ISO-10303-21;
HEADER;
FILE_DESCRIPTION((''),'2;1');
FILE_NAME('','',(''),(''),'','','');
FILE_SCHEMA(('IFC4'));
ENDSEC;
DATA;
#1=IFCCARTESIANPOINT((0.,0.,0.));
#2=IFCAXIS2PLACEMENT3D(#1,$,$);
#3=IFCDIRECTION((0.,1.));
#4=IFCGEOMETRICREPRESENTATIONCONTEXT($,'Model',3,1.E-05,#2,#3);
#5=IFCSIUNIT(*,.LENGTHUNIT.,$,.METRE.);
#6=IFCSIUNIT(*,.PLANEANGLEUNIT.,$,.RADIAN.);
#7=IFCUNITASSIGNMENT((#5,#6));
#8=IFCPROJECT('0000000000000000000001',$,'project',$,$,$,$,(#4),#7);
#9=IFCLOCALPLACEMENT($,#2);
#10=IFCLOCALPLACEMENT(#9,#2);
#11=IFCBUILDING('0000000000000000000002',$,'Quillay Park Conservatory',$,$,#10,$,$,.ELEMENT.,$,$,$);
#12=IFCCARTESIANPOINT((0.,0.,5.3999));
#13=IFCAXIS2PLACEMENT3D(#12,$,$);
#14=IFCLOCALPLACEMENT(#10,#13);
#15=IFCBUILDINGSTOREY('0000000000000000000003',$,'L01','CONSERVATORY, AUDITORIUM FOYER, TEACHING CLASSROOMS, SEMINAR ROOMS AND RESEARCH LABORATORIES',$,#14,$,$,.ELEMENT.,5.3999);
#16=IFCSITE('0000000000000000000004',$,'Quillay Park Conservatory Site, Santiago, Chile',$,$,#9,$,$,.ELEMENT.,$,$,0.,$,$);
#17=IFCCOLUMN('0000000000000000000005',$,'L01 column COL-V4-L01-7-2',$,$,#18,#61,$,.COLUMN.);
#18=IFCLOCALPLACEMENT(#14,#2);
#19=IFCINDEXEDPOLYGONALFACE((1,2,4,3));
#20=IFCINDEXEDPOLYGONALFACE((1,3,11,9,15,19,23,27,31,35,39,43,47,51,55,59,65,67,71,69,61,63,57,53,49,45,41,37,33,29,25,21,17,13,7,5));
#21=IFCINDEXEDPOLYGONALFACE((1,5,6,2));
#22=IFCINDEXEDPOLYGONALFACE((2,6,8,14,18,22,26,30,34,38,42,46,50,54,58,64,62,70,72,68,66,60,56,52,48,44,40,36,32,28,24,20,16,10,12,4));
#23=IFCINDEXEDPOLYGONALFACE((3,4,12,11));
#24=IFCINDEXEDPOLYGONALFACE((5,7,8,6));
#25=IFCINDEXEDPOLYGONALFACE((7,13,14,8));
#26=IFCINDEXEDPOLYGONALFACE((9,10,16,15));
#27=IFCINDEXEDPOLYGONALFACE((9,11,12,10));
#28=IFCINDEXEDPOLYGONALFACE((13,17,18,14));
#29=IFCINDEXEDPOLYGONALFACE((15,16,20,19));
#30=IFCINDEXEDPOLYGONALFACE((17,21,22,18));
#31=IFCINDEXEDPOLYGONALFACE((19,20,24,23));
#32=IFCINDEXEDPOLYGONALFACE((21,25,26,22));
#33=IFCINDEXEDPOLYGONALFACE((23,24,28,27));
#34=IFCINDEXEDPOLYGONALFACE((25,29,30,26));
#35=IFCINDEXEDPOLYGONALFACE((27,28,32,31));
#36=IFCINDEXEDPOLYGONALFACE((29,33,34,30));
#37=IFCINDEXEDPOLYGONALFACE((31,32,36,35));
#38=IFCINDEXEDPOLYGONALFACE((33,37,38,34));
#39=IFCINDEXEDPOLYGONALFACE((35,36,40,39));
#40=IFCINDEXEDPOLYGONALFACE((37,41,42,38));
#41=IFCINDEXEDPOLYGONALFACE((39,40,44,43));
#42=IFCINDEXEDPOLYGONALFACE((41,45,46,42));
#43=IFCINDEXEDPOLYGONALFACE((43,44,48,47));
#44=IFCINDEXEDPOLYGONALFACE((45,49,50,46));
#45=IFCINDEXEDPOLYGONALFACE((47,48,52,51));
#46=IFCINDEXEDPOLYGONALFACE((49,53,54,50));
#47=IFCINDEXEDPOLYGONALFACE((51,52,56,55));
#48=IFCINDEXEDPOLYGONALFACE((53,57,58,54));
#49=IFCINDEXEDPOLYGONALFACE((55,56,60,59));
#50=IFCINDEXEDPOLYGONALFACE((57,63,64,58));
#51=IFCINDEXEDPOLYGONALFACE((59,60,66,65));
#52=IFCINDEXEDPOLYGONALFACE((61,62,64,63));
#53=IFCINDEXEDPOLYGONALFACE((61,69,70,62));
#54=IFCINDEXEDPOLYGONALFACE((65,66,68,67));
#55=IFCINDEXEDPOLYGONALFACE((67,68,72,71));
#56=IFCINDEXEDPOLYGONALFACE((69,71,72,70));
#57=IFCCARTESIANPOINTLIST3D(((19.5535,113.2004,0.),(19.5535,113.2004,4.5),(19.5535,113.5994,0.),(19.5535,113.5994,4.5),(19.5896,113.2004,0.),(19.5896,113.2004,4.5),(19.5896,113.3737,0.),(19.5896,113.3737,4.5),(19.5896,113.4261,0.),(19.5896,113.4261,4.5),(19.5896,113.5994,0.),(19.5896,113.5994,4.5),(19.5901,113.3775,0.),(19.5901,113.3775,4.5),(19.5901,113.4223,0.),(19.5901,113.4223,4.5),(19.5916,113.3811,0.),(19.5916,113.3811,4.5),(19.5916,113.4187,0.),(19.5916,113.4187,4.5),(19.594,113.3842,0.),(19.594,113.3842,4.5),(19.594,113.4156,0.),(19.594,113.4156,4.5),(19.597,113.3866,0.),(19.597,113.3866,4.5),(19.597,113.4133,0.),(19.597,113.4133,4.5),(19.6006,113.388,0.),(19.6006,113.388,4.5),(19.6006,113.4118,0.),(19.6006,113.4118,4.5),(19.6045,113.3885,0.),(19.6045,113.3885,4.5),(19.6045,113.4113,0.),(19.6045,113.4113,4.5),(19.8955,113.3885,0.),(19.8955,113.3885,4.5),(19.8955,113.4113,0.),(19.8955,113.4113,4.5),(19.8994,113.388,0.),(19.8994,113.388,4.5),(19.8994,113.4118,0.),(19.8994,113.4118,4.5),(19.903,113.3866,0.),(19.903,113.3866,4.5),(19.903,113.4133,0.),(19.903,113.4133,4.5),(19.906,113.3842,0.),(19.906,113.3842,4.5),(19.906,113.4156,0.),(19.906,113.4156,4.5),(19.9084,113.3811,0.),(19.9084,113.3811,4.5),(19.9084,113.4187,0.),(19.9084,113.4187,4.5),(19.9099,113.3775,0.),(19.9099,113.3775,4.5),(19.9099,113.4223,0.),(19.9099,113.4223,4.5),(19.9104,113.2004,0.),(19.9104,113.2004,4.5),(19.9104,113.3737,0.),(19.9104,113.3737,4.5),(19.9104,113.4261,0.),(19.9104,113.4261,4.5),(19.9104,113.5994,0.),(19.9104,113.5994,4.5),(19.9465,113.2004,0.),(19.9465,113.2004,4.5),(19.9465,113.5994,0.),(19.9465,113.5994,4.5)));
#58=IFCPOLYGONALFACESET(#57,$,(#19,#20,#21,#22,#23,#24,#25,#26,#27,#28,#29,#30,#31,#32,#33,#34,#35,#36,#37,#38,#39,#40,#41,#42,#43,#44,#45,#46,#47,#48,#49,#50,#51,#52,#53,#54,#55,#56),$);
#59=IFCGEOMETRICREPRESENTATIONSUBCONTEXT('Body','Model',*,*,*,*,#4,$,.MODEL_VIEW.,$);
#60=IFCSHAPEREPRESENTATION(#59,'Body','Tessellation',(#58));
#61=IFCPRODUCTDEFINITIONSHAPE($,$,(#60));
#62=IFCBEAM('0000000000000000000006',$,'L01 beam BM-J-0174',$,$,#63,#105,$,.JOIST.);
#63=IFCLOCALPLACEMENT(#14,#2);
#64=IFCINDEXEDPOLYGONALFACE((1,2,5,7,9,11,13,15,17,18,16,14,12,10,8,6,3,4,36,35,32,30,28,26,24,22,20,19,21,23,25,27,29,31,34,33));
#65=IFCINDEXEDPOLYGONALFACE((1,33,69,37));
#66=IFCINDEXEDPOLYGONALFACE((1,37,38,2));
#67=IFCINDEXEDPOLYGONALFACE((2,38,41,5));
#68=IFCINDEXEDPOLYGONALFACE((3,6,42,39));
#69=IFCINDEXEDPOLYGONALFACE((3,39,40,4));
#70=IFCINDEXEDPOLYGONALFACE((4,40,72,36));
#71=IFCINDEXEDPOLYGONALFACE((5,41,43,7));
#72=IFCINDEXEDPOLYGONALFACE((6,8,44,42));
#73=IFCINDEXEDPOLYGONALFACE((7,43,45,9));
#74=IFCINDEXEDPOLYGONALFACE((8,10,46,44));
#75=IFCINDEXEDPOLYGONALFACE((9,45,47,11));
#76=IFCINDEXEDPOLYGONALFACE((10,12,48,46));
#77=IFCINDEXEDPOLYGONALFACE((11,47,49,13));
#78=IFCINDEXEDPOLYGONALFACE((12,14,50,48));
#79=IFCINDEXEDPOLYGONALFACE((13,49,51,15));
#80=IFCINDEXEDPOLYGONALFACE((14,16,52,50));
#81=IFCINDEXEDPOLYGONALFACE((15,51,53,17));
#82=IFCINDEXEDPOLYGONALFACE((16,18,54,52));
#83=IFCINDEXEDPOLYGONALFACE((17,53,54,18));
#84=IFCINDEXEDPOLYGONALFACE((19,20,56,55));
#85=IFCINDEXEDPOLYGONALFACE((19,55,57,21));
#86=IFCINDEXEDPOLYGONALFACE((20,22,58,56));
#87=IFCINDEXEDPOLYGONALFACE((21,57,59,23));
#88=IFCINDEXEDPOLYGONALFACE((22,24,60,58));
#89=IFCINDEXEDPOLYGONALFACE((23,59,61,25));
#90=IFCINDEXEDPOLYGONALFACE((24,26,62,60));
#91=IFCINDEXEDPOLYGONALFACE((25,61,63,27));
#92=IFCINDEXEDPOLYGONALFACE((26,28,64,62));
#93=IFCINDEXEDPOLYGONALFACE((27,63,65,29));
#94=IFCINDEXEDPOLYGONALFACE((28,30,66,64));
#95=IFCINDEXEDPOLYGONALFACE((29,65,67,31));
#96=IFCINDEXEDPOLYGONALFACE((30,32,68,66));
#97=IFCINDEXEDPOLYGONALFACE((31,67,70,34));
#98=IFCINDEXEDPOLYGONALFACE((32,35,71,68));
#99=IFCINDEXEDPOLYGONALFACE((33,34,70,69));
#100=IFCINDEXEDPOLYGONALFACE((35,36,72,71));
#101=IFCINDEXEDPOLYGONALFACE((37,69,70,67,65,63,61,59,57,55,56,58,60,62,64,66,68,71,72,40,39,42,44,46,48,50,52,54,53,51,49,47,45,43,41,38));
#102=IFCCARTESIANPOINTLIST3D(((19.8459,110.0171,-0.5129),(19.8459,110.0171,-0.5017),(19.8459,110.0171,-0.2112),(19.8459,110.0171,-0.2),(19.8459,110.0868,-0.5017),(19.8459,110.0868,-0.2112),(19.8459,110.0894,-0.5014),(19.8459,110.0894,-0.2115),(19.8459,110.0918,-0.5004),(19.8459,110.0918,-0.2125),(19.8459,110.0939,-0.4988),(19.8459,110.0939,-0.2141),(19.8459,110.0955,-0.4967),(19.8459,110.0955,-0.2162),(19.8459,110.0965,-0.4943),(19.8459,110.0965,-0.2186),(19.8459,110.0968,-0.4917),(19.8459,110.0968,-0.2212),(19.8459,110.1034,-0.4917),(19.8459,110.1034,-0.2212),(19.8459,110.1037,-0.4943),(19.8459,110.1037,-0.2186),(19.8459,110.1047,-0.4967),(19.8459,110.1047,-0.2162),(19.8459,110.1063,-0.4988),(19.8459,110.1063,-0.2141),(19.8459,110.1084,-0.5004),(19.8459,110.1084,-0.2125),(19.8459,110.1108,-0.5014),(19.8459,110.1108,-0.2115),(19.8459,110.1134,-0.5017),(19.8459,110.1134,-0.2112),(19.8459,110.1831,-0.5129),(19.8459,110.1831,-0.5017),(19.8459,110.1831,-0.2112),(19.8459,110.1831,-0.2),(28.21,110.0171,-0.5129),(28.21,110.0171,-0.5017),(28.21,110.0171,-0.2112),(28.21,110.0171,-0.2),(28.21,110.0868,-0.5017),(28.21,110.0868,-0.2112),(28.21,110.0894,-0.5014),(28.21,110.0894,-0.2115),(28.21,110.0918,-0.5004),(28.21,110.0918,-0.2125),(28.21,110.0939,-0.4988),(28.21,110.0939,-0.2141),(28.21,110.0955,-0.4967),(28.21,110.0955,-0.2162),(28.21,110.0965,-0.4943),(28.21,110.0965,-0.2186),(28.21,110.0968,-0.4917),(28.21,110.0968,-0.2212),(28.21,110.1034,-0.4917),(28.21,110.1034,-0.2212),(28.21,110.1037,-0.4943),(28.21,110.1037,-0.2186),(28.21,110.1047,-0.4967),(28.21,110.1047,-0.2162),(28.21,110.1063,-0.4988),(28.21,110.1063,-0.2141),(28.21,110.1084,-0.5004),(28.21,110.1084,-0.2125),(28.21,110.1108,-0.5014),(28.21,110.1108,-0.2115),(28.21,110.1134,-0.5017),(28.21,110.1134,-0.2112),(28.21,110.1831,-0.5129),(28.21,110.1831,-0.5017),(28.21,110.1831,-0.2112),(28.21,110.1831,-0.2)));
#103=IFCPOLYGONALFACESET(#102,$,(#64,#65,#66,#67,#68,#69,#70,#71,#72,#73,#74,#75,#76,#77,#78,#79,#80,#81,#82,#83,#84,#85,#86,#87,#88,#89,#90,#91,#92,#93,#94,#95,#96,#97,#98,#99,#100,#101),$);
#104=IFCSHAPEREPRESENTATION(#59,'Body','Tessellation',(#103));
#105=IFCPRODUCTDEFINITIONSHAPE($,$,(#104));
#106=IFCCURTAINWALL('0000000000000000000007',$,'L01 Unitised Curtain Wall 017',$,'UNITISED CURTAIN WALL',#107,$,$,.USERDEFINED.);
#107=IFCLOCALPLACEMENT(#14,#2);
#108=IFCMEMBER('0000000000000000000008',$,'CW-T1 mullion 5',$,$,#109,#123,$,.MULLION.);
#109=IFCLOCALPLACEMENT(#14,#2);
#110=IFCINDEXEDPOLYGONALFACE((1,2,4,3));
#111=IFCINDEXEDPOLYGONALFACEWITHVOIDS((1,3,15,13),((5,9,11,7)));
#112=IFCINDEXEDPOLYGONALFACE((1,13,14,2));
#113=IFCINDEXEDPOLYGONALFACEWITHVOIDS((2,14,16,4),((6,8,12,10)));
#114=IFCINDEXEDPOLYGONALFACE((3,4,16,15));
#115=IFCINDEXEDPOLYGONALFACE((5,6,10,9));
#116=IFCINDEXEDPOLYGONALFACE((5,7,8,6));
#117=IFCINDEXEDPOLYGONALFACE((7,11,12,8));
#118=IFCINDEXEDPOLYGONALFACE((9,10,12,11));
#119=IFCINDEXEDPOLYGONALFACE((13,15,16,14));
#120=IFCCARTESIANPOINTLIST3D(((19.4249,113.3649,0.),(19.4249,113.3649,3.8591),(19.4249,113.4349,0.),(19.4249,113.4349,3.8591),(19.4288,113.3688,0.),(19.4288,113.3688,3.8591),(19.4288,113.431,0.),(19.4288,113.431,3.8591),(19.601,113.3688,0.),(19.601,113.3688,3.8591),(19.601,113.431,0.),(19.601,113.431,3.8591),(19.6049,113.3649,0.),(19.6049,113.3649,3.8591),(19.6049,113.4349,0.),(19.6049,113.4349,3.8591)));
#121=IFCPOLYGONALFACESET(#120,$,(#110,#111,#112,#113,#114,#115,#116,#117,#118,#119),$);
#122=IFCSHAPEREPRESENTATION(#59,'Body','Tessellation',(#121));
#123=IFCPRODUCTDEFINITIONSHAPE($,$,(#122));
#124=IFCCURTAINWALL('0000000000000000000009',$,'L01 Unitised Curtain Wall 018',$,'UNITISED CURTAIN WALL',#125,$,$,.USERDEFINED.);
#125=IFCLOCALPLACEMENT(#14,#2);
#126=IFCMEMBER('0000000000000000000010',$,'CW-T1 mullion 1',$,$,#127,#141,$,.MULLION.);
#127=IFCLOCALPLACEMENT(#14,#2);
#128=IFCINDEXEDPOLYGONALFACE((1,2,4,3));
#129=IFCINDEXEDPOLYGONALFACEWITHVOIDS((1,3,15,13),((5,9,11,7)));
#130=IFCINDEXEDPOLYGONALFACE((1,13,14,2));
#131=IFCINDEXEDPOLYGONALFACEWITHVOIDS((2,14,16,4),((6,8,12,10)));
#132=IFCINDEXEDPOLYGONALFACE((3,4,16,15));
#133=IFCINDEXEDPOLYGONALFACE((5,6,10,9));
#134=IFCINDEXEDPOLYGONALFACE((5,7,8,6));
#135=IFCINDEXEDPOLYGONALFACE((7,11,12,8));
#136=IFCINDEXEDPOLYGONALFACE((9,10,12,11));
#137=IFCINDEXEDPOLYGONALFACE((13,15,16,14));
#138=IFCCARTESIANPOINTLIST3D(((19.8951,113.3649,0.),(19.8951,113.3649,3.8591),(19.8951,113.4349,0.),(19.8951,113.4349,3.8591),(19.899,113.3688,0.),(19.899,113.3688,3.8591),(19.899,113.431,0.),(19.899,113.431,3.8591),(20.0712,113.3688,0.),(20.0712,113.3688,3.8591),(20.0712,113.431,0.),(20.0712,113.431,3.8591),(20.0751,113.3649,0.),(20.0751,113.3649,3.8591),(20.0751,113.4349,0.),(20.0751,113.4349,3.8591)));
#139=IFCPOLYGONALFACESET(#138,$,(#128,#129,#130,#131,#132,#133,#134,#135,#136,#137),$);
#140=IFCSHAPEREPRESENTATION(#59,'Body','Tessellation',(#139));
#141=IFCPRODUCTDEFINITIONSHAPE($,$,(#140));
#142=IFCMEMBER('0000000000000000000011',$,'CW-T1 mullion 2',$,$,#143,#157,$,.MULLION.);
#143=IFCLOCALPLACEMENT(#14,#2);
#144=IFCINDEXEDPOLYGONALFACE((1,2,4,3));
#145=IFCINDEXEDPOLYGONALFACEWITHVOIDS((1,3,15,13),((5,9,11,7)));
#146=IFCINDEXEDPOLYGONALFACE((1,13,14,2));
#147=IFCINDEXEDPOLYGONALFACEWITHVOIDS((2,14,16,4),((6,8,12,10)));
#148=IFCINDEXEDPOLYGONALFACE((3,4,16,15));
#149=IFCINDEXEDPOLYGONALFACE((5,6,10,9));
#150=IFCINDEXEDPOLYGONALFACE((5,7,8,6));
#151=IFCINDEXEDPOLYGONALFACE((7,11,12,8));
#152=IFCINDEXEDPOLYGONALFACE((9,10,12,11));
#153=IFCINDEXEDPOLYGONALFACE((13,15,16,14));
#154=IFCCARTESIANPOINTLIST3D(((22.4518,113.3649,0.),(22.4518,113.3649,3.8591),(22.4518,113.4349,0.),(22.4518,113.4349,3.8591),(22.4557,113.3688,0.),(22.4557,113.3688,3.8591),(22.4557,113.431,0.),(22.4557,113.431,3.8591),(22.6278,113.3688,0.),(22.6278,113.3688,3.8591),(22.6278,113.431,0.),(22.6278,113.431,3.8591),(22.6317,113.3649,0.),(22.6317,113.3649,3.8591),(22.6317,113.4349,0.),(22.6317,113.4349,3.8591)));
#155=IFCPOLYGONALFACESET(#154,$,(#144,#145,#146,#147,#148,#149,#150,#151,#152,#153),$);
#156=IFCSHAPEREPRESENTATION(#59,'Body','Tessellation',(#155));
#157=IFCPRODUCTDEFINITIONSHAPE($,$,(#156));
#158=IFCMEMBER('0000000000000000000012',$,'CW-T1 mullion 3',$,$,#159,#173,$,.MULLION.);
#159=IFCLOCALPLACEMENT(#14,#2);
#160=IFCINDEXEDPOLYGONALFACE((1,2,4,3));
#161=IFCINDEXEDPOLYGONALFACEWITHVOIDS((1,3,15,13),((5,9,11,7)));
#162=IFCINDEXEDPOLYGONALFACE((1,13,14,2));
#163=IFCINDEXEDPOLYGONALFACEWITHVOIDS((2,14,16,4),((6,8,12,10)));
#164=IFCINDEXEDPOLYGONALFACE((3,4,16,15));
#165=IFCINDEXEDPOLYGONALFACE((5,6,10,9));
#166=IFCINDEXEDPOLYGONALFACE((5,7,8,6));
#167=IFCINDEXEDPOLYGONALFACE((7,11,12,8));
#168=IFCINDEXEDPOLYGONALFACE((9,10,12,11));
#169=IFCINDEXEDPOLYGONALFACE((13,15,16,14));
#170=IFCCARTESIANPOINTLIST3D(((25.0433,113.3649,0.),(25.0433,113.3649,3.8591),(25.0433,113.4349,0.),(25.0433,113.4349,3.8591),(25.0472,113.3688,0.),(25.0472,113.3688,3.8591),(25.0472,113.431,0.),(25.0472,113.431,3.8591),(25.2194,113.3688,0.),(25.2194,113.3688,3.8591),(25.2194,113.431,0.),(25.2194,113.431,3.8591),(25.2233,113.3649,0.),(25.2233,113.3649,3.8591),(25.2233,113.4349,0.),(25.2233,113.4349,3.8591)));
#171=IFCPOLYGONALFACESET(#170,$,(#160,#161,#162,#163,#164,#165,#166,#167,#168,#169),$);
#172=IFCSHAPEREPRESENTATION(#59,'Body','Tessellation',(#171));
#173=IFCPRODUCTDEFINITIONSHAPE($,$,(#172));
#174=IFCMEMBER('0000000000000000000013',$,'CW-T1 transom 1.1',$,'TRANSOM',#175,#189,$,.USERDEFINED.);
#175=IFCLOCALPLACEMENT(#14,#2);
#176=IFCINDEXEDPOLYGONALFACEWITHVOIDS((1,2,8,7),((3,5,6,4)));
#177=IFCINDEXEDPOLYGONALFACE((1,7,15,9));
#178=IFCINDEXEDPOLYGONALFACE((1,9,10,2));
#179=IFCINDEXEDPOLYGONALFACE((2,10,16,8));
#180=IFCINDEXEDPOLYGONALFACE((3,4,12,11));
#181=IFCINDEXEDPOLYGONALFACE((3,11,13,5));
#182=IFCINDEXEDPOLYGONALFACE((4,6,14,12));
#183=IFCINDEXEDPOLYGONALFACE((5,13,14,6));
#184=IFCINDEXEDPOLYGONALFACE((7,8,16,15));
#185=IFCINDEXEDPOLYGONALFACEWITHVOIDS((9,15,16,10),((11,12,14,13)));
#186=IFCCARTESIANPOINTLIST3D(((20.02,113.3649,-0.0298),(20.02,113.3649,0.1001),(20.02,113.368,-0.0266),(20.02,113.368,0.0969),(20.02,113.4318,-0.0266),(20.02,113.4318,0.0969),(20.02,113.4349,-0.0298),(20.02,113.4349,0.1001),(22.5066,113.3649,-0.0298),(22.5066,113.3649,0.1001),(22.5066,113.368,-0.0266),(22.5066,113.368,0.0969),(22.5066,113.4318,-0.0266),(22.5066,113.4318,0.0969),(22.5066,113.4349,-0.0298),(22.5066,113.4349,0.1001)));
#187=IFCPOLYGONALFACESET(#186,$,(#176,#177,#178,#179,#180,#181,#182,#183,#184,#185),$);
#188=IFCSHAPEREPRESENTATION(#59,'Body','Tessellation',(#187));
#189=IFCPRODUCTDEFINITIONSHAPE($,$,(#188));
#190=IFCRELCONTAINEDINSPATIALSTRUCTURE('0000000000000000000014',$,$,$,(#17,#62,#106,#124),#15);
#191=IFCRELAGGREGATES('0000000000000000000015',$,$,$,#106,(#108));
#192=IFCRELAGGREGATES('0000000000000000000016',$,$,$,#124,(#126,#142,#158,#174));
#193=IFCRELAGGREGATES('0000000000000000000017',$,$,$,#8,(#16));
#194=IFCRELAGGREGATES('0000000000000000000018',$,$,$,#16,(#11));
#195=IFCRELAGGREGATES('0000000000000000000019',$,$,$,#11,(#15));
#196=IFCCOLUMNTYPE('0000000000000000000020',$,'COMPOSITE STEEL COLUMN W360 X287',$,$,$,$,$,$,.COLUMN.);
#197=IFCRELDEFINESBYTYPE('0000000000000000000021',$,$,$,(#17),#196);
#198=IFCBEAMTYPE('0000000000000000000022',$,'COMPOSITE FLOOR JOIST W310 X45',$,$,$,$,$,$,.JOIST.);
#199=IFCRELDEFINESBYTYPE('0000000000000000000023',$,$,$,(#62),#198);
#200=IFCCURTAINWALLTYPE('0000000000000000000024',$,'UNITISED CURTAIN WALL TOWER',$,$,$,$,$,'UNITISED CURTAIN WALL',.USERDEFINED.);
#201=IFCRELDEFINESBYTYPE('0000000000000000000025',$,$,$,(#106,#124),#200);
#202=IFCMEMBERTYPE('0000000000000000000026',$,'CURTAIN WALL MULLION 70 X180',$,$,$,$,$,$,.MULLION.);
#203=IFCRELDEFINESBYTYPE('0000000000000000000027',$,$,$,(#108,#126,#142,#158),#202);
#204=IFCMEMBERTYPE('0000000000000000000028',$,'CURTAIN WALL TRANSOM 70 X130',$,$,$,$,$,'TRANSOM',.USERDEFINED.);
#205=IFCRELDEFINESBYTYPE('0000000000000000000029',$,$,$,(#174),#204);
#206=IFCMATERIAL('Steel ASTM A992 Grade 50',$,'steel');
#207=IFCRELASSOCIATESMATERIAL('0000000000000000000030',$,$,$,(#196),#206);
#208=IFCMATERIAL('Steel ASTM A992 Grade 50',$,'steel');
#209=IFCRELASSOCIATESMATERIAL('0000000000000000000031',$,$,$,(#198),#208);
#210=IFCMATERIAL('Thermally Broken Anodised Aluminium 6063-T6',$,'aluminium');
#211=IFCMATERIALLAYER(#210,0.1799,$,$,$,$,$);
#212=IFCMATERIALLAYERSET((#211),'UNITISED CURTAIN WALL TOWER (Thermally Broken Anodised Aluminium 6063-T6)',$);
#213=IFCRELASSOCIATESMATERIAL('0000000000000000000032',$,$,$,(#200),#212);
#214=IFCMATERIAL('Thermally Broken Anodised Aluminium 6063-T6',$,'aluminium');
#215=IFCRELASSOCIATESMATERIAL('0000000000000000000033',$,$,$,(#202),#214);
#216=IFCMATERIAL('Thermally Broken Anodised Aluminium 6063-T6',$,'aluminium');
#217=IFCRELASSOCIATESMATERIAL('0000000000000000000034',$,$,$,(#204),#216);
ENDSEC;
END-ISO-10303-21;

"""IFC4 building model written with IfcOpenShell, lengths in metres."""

from ifc_helpers import new_model, si_unit, direction, frame, origin, origin_2d, place, context, subcontext, project, spatial, hollow_rectangle, i_section, extrude, material, layer, layer_set, material_profile, profile_set, type_object, element, aggregate, save


model = new_model("IFC4")

# Units and contexts
model_context = context("Model", 3, precision=1e-05, world=origin(), true_north=direction((0.0, 1.0)))
body_context = subcontext(model_context, "Body", "Model", "MODEL_VIEW")
ifc_project = project(units=[si_unit("LENGTHUNIT", "METRE"), si_unit("PLANEANGLEUNIT", "RADIAN")], contexts=[model_context])

# Site, building, storey
site_placement = place(None, origin())
site = spatial("IfcSite", under=ifc_project, at=site_placement, Name="Quillay Park Conservatory Site, Santiago, Chile", CompositionType="ELEMENT", RefElevation=0.0)
building_placement = place(site_placement, origin())
building = spatial("IfcBuilding", under=site, at=building_placement, Name="Quillay Park Conservatory", CompositionType="ELEMENT")
storey_placement = place(building_placement, frame((0.0, 0.0, 5.3999)))
storey = spatial("IfcBuildingStorey", under=building, at=storey_placement, Name="L01", Description="CONSERVATORY, AUDITORIUM FOYER, TEACHING CLASSROOMS, SEMINAR ROOMS AND RESEARCH LABORATORIES", CompositionType="ELEMENT", Elevation=5.3999)

# Column
ifc_material_1 = material(Name="Steel ASTM A992 Grade 50", Category="steel")
ifc_material_profile_1 = material_profile(ifc_material_1, i_section(OverallWidth=0.3989, OverallDepth=0.3931, WebThickness=0.0227, FlangeThickness=0.0361, FilletRadius=0.0149, at=origin_2d()), Name="W360x287")
ifc_profile_set_1 = profile_set([ifc_material_profile_1], Name="Steel ASTM A992 Grade 50")
column_type = type_object("IfcColumnType", Name="COMPOSITE STEEL COLUMN W360 X287", PredefinedType="COLUMN", material=ifc_profile_set_1)
column_placement = place(storey_placement, frame((19.75, 113.3999, 0.0), z_axis=(0.0, 0.0, 1.0), x_axis=(0.0, 1.0, 0.0)))
element("IfcColumn", 1, at=column_placement, inside=storey, type_object=column_type, Name="L01 column COL-V4-L01-7-2", PredefinedType="COLUMN", context=body_context, shape_type="SweptSolid", body=[
    extrude(i_section(OverallWidth=0.3989, OverallDepth=0.3931, WebThickness=0.0227, FlangeThickness=0.0361, FilletRadius=0.0149, at=origin_2d()), origin(), (0.0, 0.0, 1.0), 4.5),
])

# Beam
ifc_material_2 = material(Name="Steel ASTM A992 Grade 50", Category="steel")
ifc_material_profile_2 = material_profile(ifc_material_2, i_section(OverallWidth=0.166, OverallDepth=0.313, WebThickness=0.0066, FlangeThickness=0.0112, FilletRadius=0.01, at=origin_2d()), Name="W310x45")
ifc_profile_set_2 = profile_set([ifc_material_profile_2], Name="Steel ASTM A992 Grade 50")
beam_type_1 = type_object("IfcBeamType", Name="COMPOSITE FLOOR JOIST W310 X45", PredefinedType="JOIST", material=ifc_profile_set_2)
beam_1_placement = place(storey_placement, frame((19.8459, 110.1001, -0.3564), z_axis=(1.0, 0.0, 0.0), x_axis=(0.0, 1.0, 0.0)))
element("IfcBeam", 2, at=beam_1_placement, inside=storey, type_object=beam_type_1, Name="L01 beam BM-J-0174", PredefinedType="JOIST", context=body_context, shape_type="SweptSolid", body=[
    extrude(i_section(OverallWidth=0.166, OverallDepth=0.313, WebThickness=0.0066, FlangeThickness=0.0112, FilletRadius=0.01, at=origin_2d()), origin(), (0.0, 0.0, 1.0), 8.364),
])

# Curtain wall, member
ifc_material_3 = material(Name="Thermally Broken Anodised Aluminium 6063-T6", Category="aluminium")
ifc_layer_1 = layer(ifc_material_3, 0.1799)
ifc_layer_set_1 = layer_set([ifc_layer_1], Name="UNITISED CURTAIN WALL TOWER (Thermally Broken Anodised Aluminium 6063-T6)")
curtain_wall_type = type_object("IfcCurtainWallType", Name="UNITISED CURTAIN WALL TOWER", ElementType="UNITISED CURTAIN WALL", PredefinedType="USERDEFINED", material=ifc_layer_set_1)
curtain_wall_1_placement = place(storey_placement, origin())
curtain_wall_1 = element("IfcCurtainWall", 3, at=curtain_wall_1_placement, inside=storey, type_object=curtain_wall_type, Name="L01 Unitised Curtain Wall 017", ObjectType="UNITISED CURTAIN WALL", PredefinedType="USERDEFINED")
ifc_material_4 = material(Name="Thermally Broken Anodised Aluminium 6063-T6", Category="aluminium")
ifc_material_profile_3 = material_profile(ifc_material_4, hollow_rectangle(XDim=0.0701, YDim=0.1799, WallThickness=0.0039, at=origin_2d()), Name="AL70x180x4")
ifc_profile_set_3 = profile_set([ifc_material_profile_3], Name="Thermally Broken Anodised Aluminium 6063-T6")
member_type_1 = type_object("IfcMemberType", Name="CURTAIN WALL MULLION 70 X180", PredefinedType="MULLION", material=ifc_profile_set_3)
member_1_placement = place(storey_placement, frame((19.5149, 113.3999, 0.0), z_axis=(0.0, 0.0, 1.0), x_axis=(0.0, 1.0, 0.0)))
member_1 = element("IfcMember", 4, at=member_1_placement, type_object=member_type_1, Name="CW-T1 mullion 5", PredefinedType="MULLION", context=body_context, shape_type="SweptSolid", body=[
    extrude(hollow_rectangle(XDim=0.0701, YDim=0.1799, WallThickness=0.0039, at=origin_2d()), origin(), (0.0, 0.0, 1.0), 3.8591),
])
aggregate(curtain_wall_1, [member_1])

# Curtain wall, members
curtain_wall_2_placement = place(storey_placement, origin())
curtain_wall_2 = element("IfcCurtainWall", 5, at=curtain_wall_2_placement, inside=storey, type_object=curtain_wall_type, Name="L01 Unitised Curtain Wall 018", ObjectType="UNITISED CURTAIN WALL", PredefinedType="USERDEFINED")
member_2_placement = place(storey_placement, frame((19.9851, 113.3999, 0.0), z_axis=(0.0, 0.0, 1.0), x_axis=(0.0, 1.0, 0.0)))
member_2 = element("IfcMember", 6, at=member_2_placement, type_object=member_type_1, Name="CW-T1 mullion 1", PredefinedType="MULLION", context=body_context, shape_type="SweptSolid", body=[
    extrude(hollow_rectangle(XDim=0.0701, YDim=0.1799, WallThickness=0.0039, at=origin_2d()), origin(), (0.0, 0.0, 1.0), 3.8591),
])
member_3_placement = place(storey_placement, frame((22.5417, 113.3999, 0.0), z_axis=(0.0, 0.0, 1.0), x_axis=(0.0, 1.0, 0.0)))
member_3 = element("IfcMember", 7, at=member_3_placement, type_object=member_type_1, Name="CW-T1 mullion 2", PredefinedType="MULLION", context=body_context, shape_type="SweptSolid", body=[
    extrude(hollow_rectangle(XDim=0.0701, YDim=0.1799, WallThickness=0.0039, at=origin_2d()), origin(), (0.0, 0.0, 1.0), 3.8591),
])
member_4_placement = place(storey_placement, frame((25.1333, 113.3999, 0.0), z_axis=(0.0, 0.0, 1.0), x_axis=(0.0, 1.0, 0.0)))
member_4 = element("IfcMember", 8, at=member_4_placement, type_object=member_type_1, Name="CW-T1 mullion 3", PredefinedType="MULLION", context=body_context, shape_type="SweptSolid", body=[
    extrude(hollow_rectangle(XDim=0.0701, YDim=0.1799, WallThickness=0.0039, at=origin_2d()), origin(), (0.0, 0.0, 1.0), 3.8591),
])
ifc_material_5 = material(Name="Thermally Broken Anodised Aluminium 6063-T6", Category="aluminium")
ifc_material_profile_4 = material_profile(ifc_material_5, hollow_rectangle(XDim=0.0701, YDim=0.1299, WallThickness=0.0032, at=origin_2d()), Name="AL70x130x3.2")
ifc_profile_set_4 = profile_set([ifc_material_profile_4], Name="Thermally Broken Anodised Aluminium 6063-T6")
member_type_2 = type_object("IfcMemberType", Name="CURTAIN WALL TRANSOM 70 X130", ElementType="TRANSOM", PredefinedType="USERDEFINED", material=ifc_profile_set_4)
member_5_placement = place(storey_placement, frame((20.02, 113.3999, 0.0352), z_axis=(1.0, 0.0, 0.0), x_axis=(0.0, 1.0, 0.0)))
member_5 = element("IfcMember", 9, at=member_5_placement, type_object=member_type_2, Name="CW-T1 transom 1.1", ObjectType="TRANSOM", PredefinedType="USERDEFINED", context=body_context, shape_type="SweptSolid", body=[
    extrude(hollow_rectangle(XDim=0.0701, YDim=0.1299, WallThickness=0.0032, at=origin_2d()), origin(), (0.0, 0.0, 1.0), 2.4866),
])

aggregate(curtain_wall_2, [member_2, member_3, member_4, member_5])

save(model, "model.ifc")
